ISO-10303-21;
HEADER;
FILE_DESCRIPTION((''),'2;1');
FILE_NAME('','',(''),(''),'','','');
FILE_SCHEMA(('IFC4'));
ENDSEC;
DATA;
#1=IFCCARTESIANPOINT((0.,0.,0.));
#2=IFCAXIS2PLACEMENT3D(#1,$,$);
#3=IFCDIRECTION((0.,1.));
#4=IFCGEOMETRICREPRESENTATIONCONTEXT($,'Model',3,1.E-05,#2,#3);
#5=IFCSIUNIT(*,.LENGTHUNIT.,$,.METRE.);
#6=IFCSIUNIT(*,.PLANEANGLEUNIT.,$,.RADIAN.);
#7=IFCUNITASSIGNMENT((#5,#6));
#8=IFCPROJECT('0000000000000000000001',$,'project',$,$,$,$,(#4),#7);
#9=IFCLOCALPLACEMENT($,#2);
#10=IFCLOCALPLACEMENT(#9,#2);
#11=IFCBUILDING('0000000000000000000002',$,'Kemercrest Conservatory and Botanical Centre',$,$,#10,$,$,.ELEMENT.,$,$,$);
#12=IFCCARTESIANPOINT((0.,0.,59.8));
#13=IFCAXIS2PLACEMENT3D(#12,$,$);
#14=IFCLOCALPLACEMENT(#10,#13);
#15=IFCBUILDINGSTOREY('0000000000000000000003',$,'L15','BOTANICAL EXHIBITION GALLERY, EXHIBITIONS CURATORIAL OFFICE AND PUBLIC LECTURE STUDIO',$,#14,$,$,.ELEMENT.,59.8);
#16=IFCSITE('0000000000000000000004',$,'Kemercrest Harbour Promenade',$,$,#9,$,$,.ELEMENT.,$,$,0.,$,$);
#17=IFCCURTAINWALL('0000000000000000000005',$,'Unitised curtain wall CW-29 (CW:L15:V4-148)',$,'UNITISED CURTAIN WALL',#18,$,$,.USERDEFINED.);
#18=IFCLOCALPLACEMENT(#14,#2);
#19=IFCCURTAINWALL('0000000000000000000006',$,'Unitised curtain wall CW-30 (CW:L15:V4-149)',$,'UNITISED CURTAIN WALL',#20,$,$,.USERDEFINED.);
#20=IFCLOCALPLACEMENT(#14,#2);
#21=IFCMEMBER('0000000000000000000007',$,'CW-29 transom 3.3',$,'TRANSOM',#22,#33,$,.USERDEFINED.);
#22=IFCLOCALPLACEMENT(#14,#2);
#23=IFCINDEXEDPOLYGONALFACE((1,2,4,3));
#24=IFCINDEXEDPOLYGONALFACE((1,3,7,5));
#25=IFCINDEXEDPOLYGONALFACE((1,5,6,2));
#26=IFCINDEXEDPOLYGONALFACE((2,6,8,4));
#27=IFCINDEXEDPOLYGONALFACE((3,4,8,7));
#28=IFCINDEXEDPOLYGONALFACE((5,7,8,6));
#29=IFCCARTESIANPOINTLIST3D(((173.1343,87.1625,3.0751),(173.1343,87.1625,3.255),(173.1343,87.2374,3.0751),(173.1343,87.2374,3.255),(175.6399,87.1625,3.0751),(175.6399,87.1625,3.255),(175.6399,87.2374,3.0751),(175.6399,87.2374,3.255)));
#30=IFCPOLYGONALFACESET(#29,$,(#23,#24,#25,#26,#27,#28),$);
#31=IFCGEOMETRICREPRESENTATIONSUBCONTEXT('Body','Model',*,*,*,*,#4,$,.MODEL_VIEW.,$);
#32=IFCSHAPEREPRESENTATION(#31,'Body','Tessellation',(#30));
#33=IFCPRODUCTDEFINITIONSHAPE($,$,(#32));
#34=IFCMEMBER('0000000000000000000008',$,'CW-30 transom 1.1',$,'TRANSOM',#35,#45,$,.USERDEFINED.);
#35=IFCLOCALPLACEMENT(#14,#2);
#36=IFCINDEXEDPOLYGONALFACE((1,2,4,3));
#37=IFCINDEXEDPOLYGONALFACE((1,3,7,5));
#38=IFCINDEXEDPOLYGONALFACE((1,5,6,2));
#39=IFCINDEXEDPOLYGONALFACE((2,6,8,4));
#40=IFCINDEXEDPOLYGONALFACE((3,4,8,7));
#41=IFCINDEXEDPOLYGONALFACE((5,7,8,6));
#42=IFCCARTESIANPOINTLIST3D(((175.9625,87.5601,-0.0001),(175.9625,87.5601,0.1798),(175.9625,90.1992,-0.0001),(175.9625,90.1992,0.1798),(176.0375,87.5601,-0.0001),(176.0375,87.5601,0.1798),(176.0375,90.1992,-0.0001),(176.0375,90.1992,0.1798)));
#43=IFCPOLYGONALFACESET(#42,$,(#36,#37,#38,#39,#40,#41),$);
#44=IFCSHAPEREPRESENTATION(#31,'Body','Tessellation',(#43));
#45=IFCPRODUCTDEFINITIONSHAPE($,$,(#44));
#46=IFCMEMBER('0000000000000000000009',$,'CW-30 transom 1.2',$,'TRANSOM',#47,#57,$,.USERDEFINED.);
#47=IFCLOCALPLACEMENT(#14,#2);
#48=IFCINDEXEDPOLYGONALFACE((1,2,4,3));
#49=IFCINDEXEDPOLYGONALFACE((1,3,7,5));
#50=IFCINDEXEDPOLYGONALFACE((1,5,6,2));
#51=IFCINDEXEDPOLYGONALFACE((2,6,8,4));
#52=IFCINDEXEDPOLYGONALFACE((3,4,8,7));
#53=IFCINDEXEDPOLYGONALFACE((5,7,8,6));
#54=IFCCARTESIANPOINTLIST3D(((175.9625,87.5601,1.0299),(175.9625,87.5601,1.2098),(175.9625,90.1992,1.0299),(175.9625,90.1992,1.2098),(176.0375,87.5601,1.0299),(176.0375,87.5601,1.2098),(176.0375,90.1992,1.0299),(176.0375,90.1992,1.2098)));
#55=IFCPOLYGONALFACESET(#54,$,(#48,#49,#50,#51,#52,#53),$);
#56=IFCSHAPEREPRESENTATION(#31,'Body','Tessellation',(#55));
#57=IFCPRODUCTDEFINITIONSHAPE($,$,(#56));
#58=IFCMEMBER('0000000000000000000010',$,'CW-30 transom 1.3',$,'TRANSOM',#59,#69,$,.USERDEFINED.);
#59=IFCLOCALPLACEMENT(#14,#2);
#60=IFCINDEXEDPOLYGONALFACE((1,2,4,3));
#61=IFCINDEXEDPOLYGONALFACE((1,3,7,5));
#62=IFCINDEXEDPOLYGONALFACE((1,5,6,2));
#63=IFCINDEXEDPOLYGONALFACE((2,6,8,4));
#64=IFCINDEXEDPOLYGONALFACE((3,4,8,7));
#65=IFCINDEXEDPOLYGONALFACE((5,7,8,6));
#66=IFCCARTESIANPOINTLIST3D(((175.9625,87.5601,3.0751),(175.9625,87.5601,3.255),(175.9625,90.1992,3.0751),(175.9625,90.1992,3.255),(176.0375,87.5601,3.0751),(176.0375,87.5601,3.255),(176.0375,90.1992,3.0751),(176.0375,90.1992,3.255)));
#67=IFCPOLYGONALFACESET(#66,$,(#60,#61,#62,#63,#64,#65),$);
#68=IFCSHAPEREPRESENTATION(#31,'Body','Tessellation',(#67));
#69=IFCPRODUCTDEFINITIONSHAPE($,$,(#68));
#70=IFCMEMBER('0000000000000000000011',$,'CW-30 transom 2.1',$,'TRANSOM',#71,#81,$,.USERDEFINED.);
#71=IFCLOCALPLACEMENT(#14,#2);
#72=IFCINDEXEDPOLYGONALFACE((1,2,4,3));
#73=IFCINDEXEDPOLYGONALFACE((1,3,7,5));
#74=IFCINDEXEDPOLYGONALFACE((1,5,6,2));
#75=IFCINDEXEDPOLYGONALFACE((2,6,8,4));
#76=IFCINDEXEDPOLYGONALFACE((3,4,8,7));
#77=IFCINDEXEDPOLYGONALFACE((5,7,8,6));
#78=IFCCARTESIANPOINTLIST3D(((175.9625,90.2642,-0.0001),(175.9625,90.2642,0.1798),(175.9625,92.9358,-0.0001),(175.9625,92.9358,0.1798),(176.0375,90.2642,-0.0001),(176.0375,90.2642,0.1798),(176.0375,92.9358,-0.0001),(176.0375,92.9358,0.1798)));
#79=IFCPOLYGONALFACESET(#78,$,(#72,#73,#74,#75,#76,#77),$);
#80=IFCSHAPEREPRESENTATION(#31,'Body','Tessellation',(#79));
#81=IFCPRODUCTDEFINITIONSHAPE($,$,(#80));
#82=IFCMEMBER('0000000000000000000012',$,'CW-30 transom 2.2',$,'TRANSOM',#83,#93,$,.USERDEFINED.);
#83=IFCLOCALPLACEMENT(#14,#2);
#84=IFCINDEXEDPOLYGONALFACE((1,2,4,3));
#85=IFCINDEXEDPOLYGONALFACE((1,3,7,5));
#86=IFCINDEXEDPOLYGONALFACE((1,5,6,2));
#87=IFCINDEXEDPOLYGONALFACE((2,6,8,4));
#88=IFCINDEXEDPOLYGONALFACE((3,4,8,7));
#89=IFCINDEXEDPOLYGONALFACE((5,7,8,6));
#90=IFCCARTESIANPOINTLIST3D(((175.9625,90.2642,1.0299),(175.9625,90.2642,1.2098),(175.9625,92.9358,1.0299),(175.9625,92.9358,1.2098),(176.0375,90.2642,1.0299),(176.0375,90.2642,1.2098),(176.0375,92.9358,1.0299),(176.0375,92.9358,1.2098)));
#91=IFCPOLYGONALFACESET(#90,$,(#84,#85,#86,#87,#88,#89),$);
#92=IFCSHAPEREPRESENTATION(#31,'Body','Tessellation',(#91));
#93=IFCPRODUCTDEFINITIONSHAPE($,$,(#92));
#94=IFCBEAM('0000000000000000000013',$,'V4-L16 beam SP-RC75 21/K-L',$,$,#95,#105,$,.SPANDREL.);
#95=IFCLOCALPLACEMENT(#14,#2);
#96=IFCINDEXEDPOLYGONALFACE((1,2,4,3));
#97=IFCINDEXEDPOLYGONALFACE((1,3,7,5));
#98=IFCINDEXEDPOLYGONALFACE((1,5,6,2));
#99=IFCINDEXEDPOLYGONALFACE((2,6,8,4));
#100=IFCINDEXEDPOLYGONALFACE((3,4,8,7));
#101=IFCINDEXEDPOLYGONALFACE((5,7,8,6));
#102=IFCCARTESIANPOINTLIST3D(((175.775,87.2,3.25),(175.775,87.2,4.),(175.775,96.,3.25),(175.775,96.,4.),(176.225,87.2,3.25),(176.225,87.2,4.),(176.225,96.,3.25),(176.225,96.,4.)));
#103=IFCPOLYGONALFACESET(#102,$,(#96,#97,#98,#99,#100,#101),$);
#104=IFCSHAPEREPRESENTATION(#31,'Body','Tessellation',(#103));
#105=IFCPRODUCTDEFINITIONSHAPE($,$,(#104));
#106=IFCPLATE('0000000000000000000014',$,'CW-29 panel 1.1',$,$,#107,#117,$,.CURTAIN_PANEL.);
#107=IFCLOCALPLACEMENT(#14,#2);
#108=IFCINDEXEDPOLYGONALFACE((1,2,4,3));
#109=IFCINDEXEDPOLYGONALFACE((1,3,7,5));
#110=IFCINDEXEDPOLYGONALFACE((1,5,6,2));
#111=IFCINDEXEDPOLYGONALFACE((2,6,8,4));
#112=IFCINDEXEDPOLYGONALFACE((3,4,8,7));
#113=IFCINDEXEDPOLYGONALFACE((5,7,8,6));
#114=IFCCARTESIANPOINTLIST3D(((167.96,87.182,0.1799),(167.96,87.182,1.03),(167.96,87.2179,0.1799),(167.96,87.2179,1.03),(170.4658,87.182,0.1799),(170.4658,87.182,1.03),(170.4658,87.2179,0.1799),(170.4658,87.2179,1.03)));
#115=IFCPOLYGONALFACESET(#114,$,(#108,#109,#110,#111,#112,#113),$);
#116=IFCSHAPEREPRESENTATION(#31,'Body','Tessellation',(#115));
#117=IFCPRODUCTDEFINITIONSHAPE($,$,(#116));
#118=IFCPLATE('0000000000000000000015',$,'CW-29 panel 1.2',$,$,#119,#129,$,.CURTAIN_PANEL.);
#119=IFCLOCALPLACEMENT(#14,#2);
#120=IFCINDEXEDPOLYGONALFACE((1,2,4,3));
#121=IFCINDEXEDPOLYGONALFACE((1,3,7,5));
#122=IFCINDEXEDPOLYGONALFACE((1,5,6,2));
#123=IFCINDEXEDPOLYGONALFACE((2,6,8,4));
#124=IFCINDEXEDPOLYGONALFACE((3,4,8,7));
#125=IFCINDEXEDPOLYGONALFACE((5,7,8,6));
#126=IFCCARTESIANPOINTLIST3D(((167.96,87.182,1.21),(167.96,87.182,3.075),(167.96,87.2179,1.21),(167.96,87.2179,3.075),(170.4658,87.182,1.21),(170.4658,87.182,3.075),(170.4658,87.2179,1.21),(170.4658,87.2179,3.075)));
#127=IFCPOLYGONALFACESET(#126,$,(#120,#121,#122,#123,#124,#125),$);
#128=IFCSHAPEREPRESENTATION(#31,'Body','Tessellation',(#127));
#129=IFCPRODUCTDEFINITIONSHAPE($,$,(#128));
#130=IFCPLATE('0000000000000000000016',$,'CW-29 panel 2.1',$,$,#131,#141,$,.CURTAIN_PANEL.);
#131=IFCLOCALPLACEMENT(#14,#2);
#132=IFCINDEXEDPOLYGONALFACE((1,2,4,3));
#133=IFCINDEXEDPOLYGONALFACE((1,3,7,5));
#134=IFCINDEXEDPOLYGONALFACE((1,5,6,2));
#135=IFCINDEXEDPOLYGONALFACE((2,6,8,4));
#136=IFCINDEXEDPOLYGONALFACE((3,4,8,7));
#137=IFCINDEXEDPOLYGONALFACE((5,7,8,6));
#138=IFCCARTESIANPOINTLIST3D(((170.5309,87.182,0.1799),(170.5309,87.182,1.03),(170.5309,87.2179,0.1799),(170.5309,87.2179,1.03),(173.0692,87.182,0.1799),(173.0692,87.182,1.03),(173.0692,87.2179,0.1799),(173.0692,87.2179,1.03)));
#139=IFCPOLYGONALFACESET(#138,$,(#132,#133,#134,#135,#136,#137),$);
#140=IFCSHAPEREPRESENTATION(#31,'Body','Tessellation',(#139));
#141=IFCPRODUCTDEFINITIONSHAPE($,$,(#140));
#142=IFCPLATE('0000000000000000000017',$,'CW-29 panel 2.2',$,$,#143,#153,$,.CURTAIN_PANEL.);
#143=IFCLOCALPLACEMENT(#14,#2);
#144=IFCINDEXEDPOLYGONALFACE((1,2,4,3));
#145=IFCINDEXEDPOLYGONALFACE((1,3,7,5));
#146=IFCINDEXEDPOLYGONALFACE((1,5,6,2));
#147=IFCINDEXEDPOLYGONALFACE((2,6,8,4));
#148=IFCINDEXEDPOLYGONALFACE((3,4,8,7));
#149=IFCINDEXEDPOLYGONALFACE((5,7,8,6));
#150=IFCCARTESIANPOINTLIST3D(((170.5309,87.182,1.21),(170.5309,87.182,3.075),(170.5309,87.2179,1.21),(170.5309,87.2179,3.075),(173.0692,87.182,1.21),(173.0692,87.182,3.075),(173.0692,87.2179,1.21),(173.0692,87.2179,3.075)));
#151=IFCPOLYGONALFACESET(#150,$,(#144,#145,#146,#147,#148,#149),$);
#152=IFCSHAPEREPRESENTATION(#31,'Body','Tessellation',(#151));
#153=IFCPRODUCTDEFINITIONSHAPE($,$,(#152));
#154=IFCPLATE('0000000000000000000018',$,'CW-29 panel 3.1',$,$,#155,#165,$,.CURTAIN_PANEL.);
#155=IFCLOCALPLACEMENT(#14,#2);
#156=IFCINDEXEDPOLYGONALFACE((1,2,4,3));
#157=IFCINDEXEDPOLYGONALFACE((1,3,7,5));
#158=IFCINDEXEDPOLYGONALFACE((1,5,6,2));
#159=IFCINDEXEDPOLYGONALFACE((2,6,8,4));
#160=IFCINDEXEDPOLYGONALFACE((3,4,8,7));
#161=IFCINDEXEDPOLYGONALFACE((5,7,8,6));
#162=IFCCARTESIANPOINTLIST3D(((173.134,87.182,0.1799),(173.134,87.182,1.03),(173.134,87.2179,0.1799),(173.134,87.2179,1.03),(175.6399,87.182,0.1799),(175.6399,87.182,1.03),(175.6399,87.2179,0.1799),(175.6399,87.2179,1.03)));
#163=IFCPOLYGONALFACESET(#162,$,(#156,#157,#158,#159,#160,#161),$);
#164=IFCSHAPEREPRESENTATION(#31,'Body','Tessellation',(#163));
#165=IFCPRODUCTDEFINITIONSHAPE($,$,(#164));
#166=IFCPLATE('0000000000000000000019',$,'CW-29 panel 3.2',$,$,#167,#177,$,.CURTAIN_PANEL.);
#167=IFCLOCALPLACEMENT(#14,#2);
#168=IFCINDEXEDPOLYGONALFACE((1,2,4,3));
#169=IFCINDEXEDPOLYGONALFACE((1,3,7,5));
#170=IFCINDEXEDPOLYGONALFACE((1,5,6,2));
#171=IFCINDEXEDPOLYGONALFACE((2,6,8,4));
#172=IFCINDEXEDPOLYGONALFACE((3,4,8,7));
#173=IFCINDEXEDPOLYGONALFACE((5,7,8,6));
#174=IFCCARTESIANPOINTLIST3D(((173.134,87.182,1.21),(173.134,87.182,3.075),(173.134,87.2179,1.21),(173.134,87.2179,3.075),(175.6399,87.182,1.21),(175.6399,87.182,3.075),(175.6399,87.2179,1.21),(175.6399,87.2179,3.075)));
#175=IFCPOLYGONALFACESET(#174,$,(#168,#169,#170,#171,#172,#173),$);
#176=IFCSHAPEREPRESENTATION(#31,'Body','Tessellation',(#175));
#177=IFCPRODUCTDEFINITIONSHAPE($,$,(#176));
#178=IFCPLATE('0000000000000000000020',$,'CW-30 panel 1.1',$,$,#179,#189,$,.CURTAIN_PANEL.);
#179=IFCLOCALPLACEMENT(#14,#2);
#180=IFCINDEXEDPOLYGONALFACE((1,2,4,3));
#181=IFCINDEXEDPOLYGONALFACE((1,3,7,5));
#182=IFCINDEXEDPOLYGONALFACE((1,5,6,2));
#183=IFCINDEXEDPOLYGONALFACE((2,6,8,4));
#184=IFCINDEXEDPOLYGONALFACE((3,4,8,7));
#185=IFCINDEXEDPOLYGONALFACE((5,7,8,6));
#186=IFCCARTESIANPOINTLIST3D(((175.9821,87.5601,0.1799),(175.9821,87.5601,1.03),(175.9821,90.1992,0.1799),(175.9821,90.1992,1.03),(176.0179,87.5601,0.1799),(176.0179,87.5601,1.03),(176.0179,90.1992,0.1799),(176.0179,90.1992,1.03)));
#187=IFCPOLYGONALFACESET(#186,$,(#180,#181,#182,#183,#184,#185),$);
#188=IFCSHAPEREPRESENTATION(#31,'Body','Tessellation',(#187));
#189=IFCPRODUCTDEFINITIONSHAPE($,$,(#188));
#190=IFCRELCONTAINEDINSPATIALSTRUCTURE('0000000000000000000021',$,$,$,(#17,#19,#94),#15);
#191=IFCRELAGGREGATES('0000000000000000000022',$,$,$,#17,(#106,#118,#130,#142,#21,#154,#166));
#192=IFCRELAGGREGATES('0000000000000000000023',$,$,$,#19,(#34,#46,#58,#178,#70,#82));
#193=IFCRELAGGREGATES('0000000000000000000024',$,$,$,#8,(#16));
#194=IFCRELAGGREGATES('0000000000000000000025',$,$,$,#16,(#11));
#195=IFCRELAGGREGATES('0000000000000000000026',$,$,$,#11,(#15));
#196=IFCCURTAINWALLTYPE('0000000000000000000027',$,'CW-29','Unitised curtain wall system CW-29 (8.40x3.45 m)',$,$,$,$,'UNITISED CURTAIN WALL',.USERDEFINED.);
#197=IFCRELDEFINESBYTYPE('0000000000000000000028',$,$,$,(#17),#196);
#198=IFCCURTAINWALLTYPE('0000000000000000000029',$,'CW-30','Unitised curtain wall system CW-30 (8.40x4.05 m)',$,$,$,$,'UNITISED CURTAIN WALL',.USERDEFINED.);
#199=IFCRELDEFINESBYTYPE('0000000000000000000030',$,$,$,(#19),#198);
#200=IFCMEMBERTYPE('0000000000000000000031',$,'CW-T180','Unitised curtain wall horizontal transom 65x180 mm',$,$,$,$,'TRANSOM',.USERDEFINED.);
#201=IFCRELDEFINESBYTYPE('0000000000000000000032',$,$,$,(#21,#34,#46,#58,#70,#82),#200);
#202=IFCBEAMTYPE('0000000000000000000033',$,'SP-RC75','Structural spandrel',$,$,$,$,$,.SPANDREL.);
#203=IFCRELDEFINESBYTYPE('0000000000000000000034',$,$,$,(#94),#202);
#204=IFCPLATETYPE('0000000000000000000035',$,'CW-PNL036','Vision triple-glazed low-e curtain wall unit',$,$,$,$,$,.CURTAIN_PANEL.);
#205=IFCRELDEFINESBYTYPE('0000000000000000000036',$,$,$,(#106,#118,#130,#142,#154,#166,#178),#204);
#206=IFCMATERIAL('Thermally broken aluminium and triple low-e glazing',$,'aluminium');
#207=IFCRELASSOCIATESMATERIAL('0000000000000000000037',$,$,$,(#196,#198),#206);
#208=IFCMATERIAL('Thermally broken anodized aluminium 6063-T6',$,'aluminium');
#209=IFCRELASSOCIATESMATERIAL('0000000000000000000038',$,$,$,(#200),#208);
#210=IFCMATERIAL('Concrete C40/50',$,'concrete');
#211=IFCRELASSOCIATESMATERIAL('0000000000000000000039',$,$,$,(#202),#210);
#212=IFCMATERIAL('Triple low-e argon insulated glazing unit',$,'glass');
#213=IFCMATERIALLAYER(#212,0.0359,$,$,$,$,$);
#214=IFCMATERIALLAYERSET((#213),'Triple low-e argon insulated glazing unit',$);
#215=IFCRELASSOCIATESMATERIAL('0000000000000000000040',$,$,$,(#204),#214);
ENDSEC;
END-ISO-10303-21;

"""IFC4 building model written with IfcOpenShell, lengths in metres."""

from ifc_helpers import new_model, si_unit, direction, frame, origin, origin_2d, place, context, subcontext, project, spatial, rectangle, extrude, material, layer, layer_set, material_profile, profile_set, type_object, element, aggregate, save


model = new_model("IFC4")

# Units and contexts
model_context = context("Model", 3, precision=1e-05, world=origin(), true_north=direction((0.0, 1.0)))
body_context = subcontext(model_context, "Body", "Model", "MODEL_VIEW")
ifc_project = project(units=[si_unit("LENGTHUNIT", "METRE"), si_unit("PLANEANGLEUNIT", "RADIAN")], contexts=[model_context])

# Site, building, storey
site_placement = place(None, origin())
site = spatial("IfcSite", under=ifc_project, at=site_placement, Name="Kemercrest Harbour Promenade", CompositionType="ELEMENT", RefElevation=0.0)
building_placement = place(site_placement, origin())
building = spatial("IfcBuilding", under=site, at=building_placement, Name="Kemercrest Conservatory and Botanical Centre", CompositionType="ELEMENT")
storey_placement = place(building_placement, frame((0.0, 0.0, 59.8)))
storey = spatial("IfcBuildingStorey", under=building, at=storey_placement, Name="L15", Description="BOTANICAL EXHIBITION GALLERY, EXHIBITIONS CURATORIAL OFFICE AND PUBLIC LECTURE STUDIO", CompositionType="ELEMENT", Elevation=59.8)

# Shared definitions
ifc_material_1 = material(Name="Concrete C40/50", Category="concrete")

# Curtain walls
ifc_material_2 = material(Name="Thermally broken aluminium and triple low-e glazing", Category="aluminium")
curtain_wall_type_1 = type_object("IfcCurtainWallType", Name="CW-29", Description="Unitised curtain wall system CW-29 (8.40x3.45 m)", ElementType="UNITISED CURTAIN WALL", PredefinedType="USERDEFINED", material=ifc_material_2)
curtain_wall_1_placement = place(storey_placement, origin())
curtain_wall_1 = element("IfcCurtainWall", 1, at=curtain_wall_1_placement, inside=storey, type_object=curtain_wall_type_1, Name="Unitised curtain wall CW-29 (CW:L15:V4-148)", ObjectType="UNITISED CURTAIN WALL", PredefinedType="USERDEFINED")
ifc_material_3 = material(Name="Thermally broken anodized aluminium 6063-T6", Category="aluminium")
curtain_wall_type_2 = type_object("IfcCurtainWallType", Name="CW-30", Description="Unitised curtain wall system CW-30 (8.40x4.05 m)", ElementType="UNITISED CURTAIN WALL", PredefinedType="USERDEFINED", material=ifc_material_2)
curtain_wall_2_placement = place(storey_placement, origin())
curtain_wall_2 = element("IfcCurtainWall", 2, at=curtain_wall_2_placement, inside=storey, type_object=curtain_wall_type_2, Name="Unitised curtain wall CW-30 (CW:L15:V4-149)", ObjectType="UNITISED CURTAIN WALL", PredefinedType="USERDEFINED")

# Members
ifc_material_profile_1 = material_profile(ifc_material_3, rectangle(XDim=0.075, YDim=0.1799, at=origin_2d()), Name="AL TRANSOM 75x180")
ifc_profile_set_1 = profile_set([ifc_material_profile_1], Name="Thermally broken anodized aluminium 6063-T6")
member_type_1 = type_object("IfcMemberType", Name="CW-T180", Description="Unitised curtain wall horizontal transom 65x180 mm", ElementType="TRANSOM", PredefinedType="USERDEFINED", material=ifc_profile_set_1)
member_1_placement = place(storey_placement, frame((173.1343, 87.2, 3.165), z_axis=(1.0, 0.0, 0.0), x_axis=(0.0, 1.0, 0.0)))
member_1 = element("IfcMember", 3, at=member_1_placement, type_object=member_type_1, Name="CW-29 transom 3.3", ObjectType="TRANSOM", PredefinedType="USERDEFINED", context=body_context, shape_type="SweptSolid", body=[
    extrude(rectangle(XDim=0.075, YDim=0.1799, at=origin_2d()), origin(), (0.0, 0.0, 1.0), 2.5056),
])
member_2_placement = place(storey_placement, frame((176.0, 87.5601, 0.0898), z_axis=(0.0, 1.0, 0.0), x_axis=(-1.0, 0.0, 0.0)))
member_2 = element("IfcMember", 4, at=member_2_placement, type_object=member_type_1, Name="CW-30 transom 1.1", ObjectType="TRANSOM", PredefinedType="USERDEFINED", context=body_context, shape_type="SweptSolid", body=[
    extrude(rectangle(XDim=0.075, YDim=0.1799, at=origin_2d()), origin(), (0.0, 0.0, 1.0), 2.6392),
])
member_3_placement = place(storey_placement, frame((176.0, 87.5601, 1.1199), z_axis=(0.0, 1.0, 0.0), x_axis=(-1.0, 0.0, 0.0)))
member_3 = element("IfcMember", 5, at=member_3_placement, type_object=member_type_1, Name="CW-30 transom 1.2", ObjectType="TRANSOM", PredefinedType="USERDEFINED", context=body_context, shape_type="SweptSolid", body=[
    extrude(rectangle(XDim=0.075, YDim=0.1799, at=origin_2d()), origin(), (0.0, 0.0, 1.0), 2.6392),
])
member_4_placement = place(storey_placement, frame((176.0, 87.5601, 3.165), z_axis=(0.0, 1.0, 0.0), x_axis=(-1.0, 0.0, 0.0)))
member_4 = element("IfcMember", 6, at=member_4_placement, type_object=member_type_1, Name="CW-30 transom 1.3", ObjectType="TRANSOM", PredefinedType="USERDEFINED", context=body_context, shape_type="SweptSolid", body=[
    extrude(rectangle(XDim=0.075, YDim=0.1799, at=origin_2d()), origin(), (0.0, 0.0, 1.0), 2.6392),
])
member_5_placement = place(storey_placement, frame((176.0, 90.2642, 0.0898), z_axis=(0.0, 1.0, 0.0), x_axis=(-1.0, 0.0, 0.0)))
member_5 = element("IfcMember", 7, at=member_5_placement, type_object=member_type_1, Name="CW-30 transom 2.1", ObjectType="TRANSOM", PredefinedType="USERDEFINED", context=body_context, shape_type="SweptSolid", body=[
    extrude(rectangle(XDim=0.075, YDim=0.1799, at=origin_2d()), origin(), (0.0, 0.0, 1.0), 2.6716),
])
member_6_placement = place(storey_placement, frame((176.0, 90.2642, 1.1199), z_axis=(0.0, 1.0, 0.0), x_axis=(-1.0, 0.0, 0.0)))
member_6 = element("IfcMember", 8, at=member_6_placement, type_object=member_type_1, Name="CW-30 transom 2.2", ObjectType="TRANSOM", PredefinedType="USERDEFINED", context=body_context, shape_type="SweptSolid", body=[
    extrude(rectangle(XDim=0.075, YDim=0.1799, at=origin_2d()), origin(), (0.0, 0.0, 1.0), 2.6716),
])

# Beam
ifc_material_profile_2 = material_profile(ifc_material_1, rectangle(XDim=0.45, YDim=0.75, at=origin_2d()), Name="RC 450x750")
ifc_profile_set_2 = profile_set([ifc_material_profile_2], Name="Concrete C40/50")
beam_type = type_object("IfcBeamType", Name="SP-RC75", Description="Structural spandrel", PredefinedType="SPANDREL", material=ifc_profile_set_2)
beam_placement = place(storey_placement, frame((176.0, 87.2, 3.625), z_axis=(0.0, 1.0, 0.0), x_axis=(-1.0, 0.0, 0.0)))
element("IfcBeam", 9, at=beam_placement, inside=storey, type_object=beam_type, Name="V4-L16 beam SP-RC75 21/K-L", PredefinedType="SPANDREL", context=body_context, shape_type="SweptSolid", body=[
    extrude(rectangle(XDim=0.45, YDim=0.75, at=origin_2d()), origin(), (0.0, 0.0, 1.0), 8.8),
])

# Plates
ifc_material_4 = material(Name="Triple low-e argon insulated glazing unit", Category="glass")
ifc_layer = layer(ifc_material_4, 0.0359)
ifc_layer_set = layer_set([ifc_layer], Name="Triple low-e argon insulated glazing unit")
plate_type = type_object("IfcPlateType", Name="CW-PNL036", Description="Vision triple-glazed low-e curtain wall unit", PredefinedType="CURTAIN_PANEL", material=ifc_layer_set)
plate_1_placement = place(storey_placement, frame((169.2129, 87.2, 0.1799), z_axis=(0.0, 0.0, 1.0), x_axis=(1.0, 0.0, 0.0)))
plate_1 = element("IfcPlate", 10, at=plate_1_placement, type_object=plate_type, Name="CW-29 panel 1.1", PredefinedType="CURTAIN_PANEL", context=body_context, shape_type="SweptSolid", body=[
    extrude(rectangle(XDim=2.5059, YDim=0.0359, at=origin_2d()), origin(), (0.0, 0.0, 1.0), 0.8501),
])
plate_2_placement = place(storey_placement, frame((169.2129, 87.2, 1.21), z_axis=(0.0, 0.0, 1.0), x_axis=(1.0, 0.0, 0.0)))
plate_2 = element("IfcPlate", 11, at=plate_2_placement, type_object=plate_type, Name="CW-29 panel 1.2", PredefinedType="CURTAIN_PANEL", context=body_context, shape_type="SweptSolid", body=[
    extrude(rectangle(XDim=2.5059, YDim=0.0359, at=origin_2d()), origin(), (0.0, 0.0, 1.0), 1.865),
])
plate_3_placement = place(storey_placement, frame((171.8, 87.2, 0.1799), z_axis=(0.0, 0.0, 1.0), x_axis=(1.0, 0.0, 0.0)))
plate_3 = element("IfcPlate", 12, at=plate_3_placement, type_object=plate_type, Name="CW-29 panel 2.1", PredefinedType="CURTAIN_PANEL", context=body_context, shape_type="SweptSolid", body=[
    extrude(rectangle(XDim=2.5383, YDim=0.0359, at=origin_2d()), origin(), (0.0, 0.0, 1.0), 0.8501),
])
plate_4_placement = place(storey_placement, frame((171.8, 87.2, 1.21), z_axis=(0.0, 0.0, 1.0), x_axis=(1.0, 0.0, 0.0)))
plate_4 = element("IfcPlate", 13, at=plate_4_placement, type_object=plate_type, Name="CW-29 panel 2.2", PredefinedType="CURTAIN_PANEL", context=body_context, shape_type="SweptSolid", body=[
    extrude(rectangle(XDim=2.5383, YDim=0.0359, at=origin_2d()), origin(), (0.0, 0.0, 1.0), 1.865),
])
plate_5_placement = place(storey_placement, frame((174.387, 87.2, 0.1799), z_axis=(0.0, 0.0, 1.0), x_axis=(1.0, 0.0, 0.0)))
plate_5 = element("IfcPlate", 14, at=plate_5_placement, type_object=plate_type, Name="CW-29 panel 3.1", PredefinedType="CURTAIN_PANEL", context=body_context, shape_type="SweptSolid", body=[
    extrude(rectangle(XDim=2.5059, YDim=0.0359, at=origin_2d()), origin(), (0.0, 0.0, 1.0), 0.8501),
])
plate_6_placement = place(storey_placement, frame((174.387, 87.2, 1.21), z_axis=(0.0, 0.0, 1.0), x_axis=(1.0, 0.0, 0.0)))
plate_6 = element("IfcPlate", 15, at=plate_6_placement, type_object=plate_type, Name="CW-29 panel 3.2", PredefinedType="CURTAIN_PANEL", context=body_context, shape_type="SweptSolid", body=[
    extrude(rectangle(XDim=2.5059, YDim=0.0359, at=origin_2d()), origin(), (0.0, 0.0, 1.0), 1.865),
])
aggregate(curtain_wall_1, [plate_1, plate_2, plate_3, plate_4, member_1, plate_5, plate_6])
plate_7_placement = place(storey_placement, frame((176.0, 88.8796, 0.1799), z_axis=(0.0, 0.0, 1.0), x_axis=(0.0, 1.0, 0.0)))
plate_7 = element("IfcPlate", 16, at=plate_7_placement, type_object=plate_type, Name="CW-30 panel 1.1", PredefinedType="CURTAIN_PANEL", context=body_context, shape_type="SweptSolid", body=[
    extrude(rectangle(XDim=2.6392, YDim=0.0359, at=origin_2d()), origin(), (0.0, 0.0, 1.0), 0.8501),
])
aggregate(curtain_wall_2, [member_2, member_3, member_4, plate_7, member_5, member_6])

save(model, "model.ifc")
